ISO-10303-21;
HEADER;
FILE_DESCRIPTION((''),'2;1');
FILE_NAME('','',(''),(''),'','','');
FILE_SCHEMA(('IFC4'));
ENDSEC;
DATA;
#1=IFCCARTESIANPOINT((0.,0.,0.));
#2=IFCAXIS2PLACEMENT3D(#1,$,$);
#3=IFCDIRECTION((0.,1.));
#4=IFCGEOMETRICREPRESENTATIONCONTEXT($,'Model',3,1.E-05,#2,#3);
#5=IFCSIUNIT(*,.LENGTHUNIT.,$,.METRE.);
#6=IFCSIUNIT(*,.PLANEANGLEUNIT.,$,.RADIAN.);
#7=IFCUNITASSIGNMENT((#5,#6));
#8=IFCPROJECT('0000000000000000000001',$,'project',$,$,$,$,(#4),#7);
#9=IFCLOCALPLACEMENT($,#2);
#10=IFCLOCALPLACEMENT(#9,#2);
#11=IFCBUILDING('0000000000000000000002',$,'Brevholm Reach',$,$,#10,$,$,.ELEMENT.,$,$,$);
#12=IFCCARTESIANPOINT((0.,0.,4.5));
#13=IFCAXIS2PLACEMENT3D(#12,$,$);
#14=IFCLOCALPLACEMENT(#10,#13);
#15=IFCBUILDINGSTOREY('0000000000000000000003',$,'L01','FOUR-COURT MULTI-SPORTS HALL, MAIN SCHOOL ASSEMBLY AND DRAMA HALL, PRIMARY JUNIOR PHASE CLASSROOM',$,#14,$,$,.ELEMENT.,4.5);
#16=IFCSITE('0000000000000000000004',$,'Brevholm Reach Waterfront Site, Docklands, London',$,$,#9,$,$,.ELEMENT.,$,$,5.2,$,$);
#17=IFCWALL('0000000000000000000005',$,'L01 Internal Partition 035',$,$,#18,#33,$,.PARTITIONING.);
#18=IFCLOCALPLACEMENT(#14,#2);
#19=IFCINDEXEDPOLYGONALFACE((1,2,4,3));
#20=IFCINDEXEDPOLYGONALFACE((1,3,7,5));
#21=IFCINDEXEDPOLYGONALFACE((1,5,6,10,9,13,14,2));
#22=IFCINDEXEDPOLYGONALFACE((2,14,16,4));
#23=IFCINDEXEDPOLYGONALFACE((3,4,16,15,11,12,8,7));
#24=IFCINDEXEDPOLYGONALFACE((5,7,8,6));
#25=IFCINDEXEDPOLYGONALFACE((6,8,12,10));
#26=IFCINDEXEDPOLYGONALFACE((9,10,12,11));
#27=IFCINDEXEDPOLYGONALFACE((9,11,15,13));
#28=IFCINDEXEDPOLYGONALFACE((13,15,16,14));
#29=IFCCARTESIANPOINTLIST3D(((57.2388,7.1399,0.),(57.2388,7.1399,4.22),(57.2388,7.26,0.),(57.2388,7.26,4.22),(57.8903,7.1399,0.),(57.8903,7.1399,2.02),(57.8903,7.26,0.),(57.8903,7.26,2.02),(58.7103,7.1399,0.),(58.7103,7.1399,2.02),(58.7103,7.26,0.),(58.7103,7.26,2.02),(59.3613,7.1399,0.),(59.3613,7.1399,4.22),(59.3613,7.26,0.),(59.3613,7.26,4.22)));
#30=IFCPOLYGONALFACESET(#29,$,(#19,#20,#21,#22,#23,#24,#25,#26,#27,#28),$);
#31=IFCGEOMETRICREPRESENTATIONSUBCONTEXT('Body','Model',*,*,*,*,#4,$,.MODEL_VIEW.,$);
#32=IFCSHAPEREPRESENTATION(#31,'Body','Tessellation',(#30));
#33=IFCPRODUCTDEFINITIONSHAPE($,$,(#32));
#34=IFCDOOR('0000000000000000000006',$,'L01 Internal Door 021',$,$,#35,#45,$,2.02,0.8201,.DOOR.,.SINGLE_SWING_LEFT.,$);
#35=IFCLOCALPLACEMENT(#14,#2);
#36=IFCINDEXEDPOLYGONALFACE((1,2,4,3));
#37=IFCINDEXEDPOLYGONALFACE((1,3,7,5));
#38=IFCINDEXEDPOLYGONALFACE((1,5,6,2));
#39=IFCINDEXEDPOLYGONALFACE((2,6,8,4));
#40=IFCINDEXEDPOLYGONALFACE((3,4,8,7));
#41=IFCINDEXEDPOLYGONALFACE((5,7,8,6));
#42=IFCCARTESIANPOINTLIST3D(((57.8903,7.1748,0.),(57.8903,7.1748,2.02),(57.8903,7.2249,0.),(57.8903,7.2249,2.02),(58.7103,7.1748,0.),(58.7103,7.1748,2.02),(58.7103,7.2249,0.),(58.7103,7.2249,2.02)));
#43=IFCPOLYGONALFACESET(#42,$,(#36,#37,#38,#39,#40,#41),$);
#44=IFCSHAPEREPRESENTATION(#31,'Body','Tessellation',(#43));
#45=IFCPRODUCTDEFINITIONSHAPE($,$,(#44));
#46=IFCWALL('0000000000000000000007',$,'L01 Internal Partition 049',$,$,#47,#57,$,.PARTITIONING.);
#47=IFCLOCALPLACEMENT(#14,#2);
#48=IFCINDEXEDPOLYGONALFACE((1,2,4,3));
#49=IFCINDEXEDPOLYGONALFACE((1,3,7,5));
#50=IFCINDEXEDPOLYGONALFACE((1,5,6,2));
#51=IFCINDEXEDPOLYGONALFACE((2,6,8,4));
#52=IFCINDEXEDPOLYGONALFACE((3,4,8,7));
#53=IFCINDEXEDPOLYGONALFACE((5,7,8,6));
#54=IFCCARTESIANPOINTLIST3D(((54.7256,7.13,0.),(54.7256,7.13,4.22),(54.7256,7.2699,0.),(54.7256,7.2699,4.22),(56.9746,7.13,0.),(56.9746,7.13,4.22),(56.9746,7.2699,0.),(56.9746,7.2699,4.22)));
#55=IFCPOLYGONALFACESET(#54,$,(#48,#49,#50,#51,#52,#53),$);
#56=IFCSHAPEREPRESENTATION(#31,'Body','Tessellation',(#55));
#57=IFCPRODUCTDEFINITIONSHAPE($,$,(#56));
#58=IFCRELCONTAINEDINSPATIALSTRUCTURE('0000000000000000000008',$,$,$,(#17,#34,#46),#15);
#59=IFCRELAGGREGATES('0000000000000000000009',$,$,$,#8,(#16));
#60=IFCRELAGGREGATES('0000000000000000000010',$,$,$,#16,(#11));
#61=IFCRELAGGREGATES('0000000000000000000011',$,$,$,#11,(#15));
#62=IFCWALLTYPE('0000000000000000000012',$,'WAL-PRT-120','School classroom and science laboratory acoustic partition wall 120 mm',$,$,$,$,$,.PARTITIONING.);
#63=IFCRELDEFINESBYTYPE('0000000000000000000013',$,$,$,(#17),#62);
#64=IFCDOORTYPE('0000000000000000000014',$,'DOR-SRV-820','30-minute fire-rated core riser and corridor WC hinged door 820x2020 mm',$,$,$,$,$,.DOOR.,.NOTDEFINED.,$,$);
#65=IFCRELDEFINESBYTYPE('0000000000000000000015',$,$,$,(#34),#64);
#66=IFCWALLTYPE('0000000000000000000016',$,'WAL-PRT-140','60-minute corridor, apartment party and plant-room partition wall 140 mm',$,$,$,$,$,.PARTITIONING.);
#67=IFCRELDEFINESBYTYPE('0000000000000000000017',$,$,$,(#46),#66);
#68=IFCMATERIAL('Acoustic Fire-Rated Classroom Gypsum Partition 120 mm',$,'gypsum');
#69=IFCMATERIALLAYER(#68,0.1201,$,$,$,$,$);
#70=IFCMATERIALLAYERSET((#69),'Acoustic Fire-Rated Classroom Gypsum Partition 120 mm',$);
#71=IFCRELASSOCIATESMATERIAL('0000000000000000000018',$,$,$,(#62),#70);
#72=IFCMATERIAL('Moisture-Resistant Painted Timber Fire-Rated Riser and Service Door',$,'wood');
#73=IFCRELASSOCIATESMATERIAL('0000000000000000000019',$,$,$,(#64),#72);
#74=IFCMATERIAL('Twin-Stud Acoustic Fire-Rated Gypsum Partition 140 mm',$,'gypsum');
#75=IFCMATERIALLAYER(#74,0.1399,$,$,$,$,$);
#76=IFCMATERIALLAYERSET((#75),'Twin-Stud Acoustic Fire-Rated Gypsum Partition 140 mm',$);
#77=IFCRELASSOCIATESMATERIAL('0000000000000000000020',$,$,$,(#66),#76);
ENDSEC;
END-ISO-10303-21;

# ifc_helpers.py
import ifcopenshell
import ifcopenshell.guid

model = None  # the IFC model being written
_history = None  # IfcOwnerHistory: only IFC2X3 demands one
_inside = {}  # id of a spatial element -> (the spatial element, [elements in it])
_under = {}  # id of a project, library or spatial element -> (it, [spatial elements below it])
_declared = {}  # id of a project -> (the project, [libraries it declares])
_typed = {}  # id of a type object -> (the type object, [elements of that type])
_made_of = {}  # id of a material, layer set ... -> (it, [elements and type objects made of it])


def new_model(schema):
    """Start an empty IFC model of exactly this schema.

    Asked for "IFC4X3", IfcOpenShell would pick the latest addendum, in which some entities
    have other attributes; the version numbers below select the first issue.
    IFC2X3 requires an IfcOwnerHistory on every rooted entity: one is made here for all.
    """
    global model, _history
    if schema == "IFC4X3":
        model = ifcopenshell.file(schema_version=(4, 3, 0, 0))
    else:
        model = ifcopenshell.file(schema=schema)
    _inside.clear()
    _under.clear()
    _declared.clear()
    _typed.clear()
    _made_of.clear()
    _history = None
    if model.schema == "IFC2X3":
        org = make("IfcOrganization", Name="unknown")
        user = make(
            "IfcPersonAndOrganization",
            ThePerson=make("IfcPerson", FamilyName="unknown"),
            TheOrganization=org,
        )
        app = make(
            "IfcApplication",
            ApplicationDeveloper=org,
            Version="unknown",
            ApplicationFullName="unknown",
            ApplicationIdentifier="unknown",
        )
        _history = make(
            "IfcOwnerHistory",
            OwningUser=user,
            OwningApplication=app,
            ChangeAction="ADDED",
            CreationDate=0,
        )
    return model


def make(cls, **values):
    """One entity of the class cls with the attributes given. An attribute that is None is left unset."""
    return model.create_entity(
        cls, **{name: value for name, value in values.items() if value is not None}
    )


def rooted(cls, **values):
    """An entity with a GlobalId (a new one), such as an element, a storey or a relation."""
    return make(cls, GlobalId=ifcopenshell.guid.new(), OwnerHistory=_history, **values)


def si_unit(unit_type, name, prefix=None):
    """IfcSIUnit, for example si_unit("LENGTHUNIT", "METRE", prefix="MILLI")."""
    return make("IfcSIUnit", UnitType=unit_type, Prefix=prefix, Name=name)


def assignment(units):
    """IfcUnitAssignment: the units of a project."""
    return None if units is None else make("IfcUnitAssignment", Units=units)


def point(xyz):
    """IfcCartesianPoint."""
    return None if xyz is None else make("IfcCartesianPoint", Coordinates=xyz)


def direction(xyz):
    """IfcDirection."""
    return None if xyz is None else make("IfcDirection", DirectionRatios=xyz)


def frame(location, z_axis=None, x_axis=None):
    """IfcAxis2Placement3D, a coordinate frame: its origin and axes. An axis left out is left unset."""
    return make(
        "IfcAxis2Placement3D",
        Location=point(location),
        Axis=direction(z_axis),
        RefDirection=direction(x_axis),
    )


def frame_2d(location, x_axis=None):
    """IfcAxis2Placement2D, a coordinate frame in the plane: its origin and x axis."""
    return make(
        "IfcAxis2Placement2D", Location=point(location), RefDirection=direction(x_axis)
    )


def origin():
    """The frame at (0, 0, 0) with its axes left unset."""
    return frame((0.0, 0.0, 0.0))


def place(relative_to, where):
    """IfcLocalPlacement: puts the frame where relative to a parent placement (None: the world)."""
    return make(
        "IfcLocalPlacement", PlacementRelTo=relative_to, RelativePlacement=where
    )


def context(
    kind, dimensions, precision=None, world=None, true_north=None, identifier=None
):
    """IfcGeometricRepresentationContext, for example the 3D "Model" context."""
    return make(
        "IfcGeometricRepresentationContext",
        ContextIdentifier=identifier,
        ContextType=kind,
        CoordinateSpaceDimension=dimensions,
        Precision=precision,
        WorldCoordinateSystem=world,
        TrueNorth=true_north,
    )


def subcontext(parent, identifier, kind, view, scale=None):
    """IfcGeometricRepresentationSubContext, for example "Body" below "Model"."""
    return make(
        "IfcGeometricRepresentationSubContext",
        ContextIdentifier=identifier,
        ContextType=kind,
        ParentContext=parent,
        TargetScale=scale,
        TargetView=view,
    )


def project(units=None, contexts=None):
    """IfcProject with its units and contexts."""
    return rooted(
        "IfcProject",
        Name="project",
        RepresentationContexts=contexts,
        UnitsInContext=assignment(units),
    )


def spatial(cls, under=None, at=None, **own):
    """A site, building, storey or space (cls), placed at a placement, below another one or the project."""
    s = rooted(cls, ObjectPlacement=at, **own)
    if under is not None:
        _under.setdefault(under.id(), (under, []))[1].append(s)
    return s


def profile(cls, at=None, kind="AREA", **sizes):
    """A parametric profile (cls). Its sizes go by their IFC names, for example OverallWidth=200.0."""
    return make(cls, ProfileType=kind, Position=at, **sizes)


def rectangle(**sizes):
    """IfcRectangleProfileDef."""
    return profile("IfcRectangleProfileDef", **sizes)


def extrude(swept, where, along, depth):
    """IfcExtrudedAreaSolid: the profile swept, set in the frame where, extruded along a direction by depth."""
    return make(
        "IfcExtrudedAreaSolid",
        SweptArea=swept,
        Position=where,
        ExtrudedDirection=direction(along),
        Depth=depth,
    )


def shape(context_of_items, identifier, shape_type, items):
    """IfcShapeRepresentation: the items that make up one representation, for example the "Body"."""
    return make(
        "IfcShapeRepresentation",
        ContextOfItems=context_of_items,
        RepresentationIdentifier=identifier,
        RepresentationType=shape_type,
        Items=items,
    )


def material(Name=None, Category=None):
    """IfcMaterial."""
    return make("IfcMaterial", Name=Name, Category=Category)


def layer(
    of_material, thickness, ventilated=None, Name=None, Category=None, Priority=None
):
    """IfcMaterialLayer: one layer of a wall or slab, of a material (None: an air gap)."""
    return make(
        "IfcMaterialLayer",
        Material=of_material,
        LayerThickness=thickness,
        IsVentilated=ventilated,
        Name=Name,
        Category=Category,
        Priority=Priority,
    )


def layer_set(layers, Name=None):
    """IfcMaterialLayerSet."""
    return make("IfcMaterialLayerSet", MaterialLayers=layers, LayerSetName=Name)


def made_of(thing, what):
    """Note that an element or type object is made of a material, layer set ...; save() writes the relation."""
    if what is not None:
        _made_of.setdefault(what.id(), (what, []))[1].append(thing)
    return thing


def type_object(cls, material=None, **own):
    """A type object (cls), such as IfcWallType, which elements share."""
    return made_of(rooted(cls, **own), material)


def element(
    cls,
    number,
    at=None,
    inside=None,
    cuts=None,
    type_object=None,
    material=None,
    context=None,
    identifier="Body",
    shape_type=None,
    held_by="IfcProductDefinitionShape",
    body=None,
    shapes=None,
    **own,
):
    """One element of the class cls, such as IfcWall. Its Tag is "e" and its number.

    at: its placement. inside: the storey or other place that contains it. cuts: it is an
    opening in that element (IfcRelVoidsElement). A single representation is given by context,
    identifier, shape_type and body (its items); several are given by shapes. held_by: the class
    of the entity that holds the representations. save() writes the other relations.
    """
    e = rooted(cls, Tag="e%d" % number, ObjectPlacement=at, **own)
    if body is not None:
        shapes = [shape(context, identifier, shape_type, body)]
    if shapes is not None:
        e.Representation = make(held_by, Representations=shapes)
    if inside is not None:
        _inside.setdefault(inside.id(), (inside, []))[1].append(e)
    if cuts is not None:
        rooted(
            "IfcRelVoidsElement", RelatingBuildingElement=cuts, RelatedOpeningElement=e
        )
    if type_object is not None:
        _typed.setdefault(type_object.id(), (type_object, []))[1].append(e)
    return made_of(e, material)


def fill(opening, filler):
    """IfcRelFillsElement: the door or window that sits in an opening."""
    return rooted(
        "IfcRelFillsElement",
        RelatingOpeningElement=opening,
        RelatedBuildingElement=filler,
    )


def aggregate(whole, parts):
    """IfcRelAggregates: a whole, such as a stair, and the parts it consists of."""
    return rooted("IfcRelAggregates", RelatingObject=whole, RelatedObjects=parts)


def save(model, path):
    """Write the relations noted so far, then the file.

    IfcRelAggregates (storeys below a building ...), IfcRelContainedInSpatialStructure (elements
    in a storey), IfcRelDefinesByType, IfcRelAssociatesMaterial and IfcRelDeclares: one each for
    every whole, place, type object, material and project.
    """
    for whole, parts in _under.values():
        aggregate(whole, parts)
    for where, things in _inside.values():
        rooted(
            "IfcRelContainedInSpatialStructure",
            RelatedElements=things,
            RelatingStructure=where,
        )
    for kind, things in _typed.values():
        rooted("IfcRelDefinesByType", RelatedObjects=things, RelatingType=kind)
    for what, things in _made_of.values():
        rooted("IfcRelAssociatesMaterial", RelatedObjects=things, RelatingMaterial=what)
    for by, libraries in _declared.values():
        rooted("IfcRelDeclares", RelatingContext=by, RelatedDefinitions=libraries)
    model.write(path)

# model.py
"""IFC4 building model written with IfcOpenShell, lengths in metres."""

from ifc_helpers import new_model, si_unit, direction, frame, frame_2d, origin, place, context, subcontext, project, spatial, rectangle, extrude, material, layer, layer_set, type_object, element, fill, save


model = new_model("IFC4")

# Units and contexts
model_context = context("Model", 3, precision=1e-05, world=origin(), true_north=direction((0.0, 1.0)))
body_context = subcontext(model_context, "Body", "Model", "MODEL_VIEW")
ifc_project = project(units=[si_unit("LENGTHUNIT", "METRE"), si_unit("PLANEANGLEUNIT", "RADIAN")], contexts=[model_context])

# Site, building, storey
site_placement = place(None, origin())
site = spatial("IfcSite", under=ifc_project, at=site_placement, Name="Brevholm Reach Waterfront Site, Docklands, London", CompositionType="ELEMENT", RefElevation=5.2)
building_placement = place(site_placement, origin())
building = spatial("IfcBuilding", under=site, at=building_placement, Name="Brevholm Reach", CompositionType="ELEMENT")
storey_placement = place(building_placement, frame((0.0, 0.0, 4.5)))
storey = spatial("IfcBuildingStorey", under=building, at=storey_placement, Name="L01", Description="FOUR-COURT MULTI-SPORTS HALL, MAIN SCHOOL ASSEMBLY AND DRAMA HALL, PRIMARY JUNIOR PHASE CLASSROOM", CompositionType="ELEMENT", Elevation=4.5)

# Wall, opening, door
ifc_material_1 = material(Name="Acoustic Fire-Rated Classroom Gypsum Partition 120 mm", Category="gypsum")
ifc_layer_1 = layer(ifc_material_1, 0.1201)
ifc_layer_set_1 = layer_set([ifc_layer_1], Name="Acoustic Fire-Rated Classroom Gypsum Partition 120 mm")
wall_type_1 = type_object("IfcWallType", Name="WAL-PRT-120", Description="School classroom and science laboratory acoustic partition wall 120 mm", PredefinedType="PARTITIONING", material=ifc_layer_set_1)
wall_1_placement = place(storey_placement, frame((57.2388, 7.2, 0.0), z_axis=(0.0, 0.0, 1.0), x_axis=(1.0, 0.0, 0.0)))
wall_1 = element("IfcWall", 1, at=wall_1_placement, inside=storey, type_object=wall_type_1, Name="L01 Internal Partition 035", PredefinedType="PARTITIONING", context=body_context, shape_type="SweptSolid", body=[
    extrude(rectangle(XDim=2.1226, YDim=0.1201, at=frame_2d((1.0613, 0.0))), origin(), (0.0, 0.0, 1.0), 4.22),
])
opening_1_placement = place(wall_1_placement, frame((0.6514, 0.0, 0.0)))
opening_1 = element("IfcOpeningElement", 2, at=opening_1_placement, cuts=wall_1, PredefinedType="OPENING", context=body_context, shape_type="SweptSolid", body=[
    extrude(rectangle(XDim=0.8201, YDim=2.02, at=frame_2d((0.4102, 1.01))), frame((0.0, 0.0701, 0.0), z_axis=(0.0, -1.0, 0.0), x_axis=(1.0, 0.0, 0.0)), (0.0, 0.0, 1.0), 0.1401),
])
ifc_material_2 = material(Name="Moisture-Resistant Painted Timber Fire-Rated Riser and Service Door", Category="wood")
door_type_1 = type_object("IfcDoorType", Name="DOR-SRV-820", Description="30-minute fire-rated core riser and corridor WC hinged door 820x2020 mm", OperationType="NOTDEFINED", PredefinedType="DOOR", material=ifc_material_2)
door_1_placement = place(opening_1_placement, origin())
door_1 = element("IfcDoor", 3, at=door_1_placement, inside=storey, type_object=door_type_1, Name="L01 Internal Door 021", OperationType="SINGLE_SWING_LEFT", OverallHeight=2.02, OverallWidth=0.8201, PredefinedType="DOOR", context=body_context, shape_type="SweptSolid", body=[
    extrude(rectangle(XDim=0.8201, YDim=2.02, at=frame_2d((0.4102, 1.01))), frame((0.0, 0.0249, 0.0), z_axis=(0.0, -1.0, 0.0), x_axis=(1.0, 0.0, 0.0)), (0.0, 0.0, 1.0), 0.05),
])
fill(opening_1, door_1)

# Wall
ifc_material_3 = material(Name="Twin-Stud Acoustic Fire-Rated Gypsum Partition 140 mm", Category="gypsum")
ifc_layer_2 = layer(ifc_material_3, 0.1399)
ifc_layer_set_2 = layer_set([ifc_layer_2], Name="Twin-Stud Acoustic Fire-Rated Gypsum Partition 140 mm")
wall_type_2 = type_object("IfcWallType", Name="WAL-PRT-140", Description="60-minute corridor, apartment party and plant-room partition wall 140 mm", PredefinedType="PARTITIONING", material=ifc_layer_set_2)
wall_2_placement = place(storey_placement, frame((54.7256, 7.2, 0.0), z_axis=(0.0, 0.0, 1.0), x_axis=(1.0, 0.0, 0.0)))
element("IfcWall", 4, at=wall_2_placement, inside=storey, type_object=wall_type_2, Name="L01 Internal Partition 049", PredefinedType="PARTITIONING", context=body_context, shape_type="SweptSolid", body=[
    extrude(rectangle(XDim=2.249, YDim=0.1399, at=frame_2d((1.1245, 0.0))), origin(), (0.0, 0.0, 1.0), 4.22),
])

save(model, "model.ifc")
